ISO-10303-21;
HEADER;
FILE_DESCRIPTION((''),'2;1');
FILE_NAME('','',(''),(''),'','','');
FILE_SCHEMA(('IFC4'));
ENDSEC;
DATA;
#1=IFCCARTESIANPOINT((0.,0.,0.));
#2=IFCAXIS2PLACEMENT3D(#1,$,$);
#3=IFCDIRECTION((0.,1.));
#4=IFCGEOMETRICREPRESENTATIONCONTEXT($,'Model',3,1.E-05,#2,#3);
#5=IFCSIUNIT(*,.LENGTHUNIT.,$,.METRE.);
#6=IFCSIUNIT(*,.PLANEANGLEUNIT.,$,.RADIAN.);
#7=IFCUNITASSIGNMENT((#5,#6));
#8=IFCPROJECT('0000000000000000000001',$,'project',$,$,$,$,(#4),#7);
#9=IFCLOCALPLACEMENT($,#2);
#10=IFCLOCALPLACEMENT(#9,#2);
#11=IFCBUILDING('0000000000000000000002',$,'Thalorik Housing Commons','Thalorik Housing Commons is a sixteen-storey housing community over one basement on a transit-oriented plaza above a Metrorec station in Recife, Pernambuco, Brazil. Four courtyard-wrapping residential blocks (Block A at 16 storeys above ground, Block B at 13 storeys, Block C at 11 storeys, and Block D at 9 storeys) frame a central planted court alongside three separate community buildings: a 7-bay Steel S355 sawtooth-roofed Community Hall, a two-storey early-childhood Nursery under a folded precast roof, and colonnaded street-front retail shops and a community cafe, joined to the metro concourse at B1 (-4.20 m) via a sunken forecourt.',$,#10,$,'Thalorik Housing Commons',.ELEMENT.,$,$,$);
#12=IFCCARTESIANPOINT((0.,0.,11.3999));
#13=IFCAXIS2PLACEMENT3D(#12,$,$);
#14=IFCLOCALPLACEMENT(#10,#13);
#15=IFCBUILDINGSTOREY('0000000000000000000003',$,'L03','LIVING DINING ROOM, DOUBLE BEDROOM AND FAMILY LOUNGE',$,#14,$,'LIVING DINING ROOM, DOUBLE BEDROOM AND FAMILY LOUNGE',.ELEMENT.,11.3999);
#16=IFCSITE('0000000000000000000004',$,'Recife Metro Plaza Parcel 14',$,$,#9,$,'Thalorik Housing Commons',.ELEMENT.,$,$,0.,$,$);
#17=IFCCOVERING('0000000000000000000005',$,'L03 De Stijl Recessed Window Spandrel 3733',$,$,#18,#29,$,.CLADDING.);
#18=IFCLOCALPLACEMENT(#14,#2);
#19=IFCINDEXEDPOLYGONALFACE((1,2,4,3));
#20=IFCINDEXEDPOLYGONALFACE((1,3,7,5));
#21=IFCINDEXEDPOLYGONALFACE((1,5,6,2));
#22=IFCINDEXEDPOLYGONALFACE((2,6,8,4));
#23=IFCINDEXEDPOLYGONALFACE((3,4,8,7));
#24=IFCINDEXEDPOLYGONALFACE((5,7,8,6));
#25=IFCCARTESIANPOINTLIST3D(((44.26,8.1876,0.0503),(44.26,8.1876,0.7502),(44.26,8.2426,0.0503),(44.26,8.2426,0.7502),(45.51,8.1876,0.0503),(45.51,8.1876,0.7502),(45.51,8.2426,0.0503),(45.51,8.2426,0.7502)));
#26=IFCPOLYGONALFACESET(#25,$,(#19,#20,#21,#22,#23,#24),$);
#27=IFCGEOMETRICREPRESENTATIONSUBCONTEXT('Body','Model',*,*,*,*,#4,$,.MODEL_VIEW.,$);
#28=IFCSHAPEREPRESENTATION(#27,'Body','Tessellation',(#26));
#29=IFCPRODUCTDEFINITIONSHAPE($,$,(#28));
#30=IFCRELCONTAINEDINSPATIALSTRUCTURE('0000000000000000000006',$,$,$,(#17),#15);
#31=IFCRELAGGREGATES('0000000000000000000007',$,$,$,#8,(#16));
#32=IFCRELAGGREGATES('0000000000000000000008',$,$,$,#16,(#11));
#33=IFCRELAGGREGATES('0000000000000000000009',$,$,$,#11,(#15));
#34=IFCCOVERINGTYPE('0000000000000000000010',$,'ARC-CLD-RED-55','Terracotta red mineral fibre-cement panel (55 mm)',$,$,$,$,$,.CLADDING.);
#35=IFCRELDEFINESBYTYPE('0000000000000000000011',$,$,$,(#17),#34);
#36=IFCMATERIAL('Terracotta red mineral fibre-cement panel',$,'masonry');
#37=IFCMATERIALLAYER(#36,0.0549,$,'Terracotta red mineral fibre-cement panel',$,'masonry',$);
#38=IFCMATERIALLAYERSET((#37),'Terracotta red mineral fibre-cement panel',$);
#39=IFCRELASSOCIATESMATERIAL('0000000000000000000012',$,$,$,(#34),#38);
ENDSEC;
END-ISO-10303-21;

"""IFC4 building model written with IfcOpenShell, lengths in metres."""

from ifc_helpers import new_model, si_unit, direction, frame, origin, origin_2d, place, context, subcontext, project, spatial, rectangle, extrude, material, layer, layer_set, type_object, element, save


model = new_model("IFC4")

# Units and contexts
model_context = context("Model", 3, precision=1e-05, world=origin(), true_north=direction((0.0, 1.0)))
body_context = subcontext(model_context, "Body", "Model", "MODEL_VIEW")
ifc_project = project(units=[si_unit("LENGTHUNIT", "METRE"), si_unit("PLANEANGLEUNIT", "RADIAN")], contexts=[model_context])

# Site, building, storey
site_placement = place(None, origin())
site = spatial("IfcSite", under=ifc_project, at=site_placement, Name="Recife Metro Plaza Parcel 14", LongName="Thalorik Housing Commons", CompositionType="ELEMENT", RefElevation=0.0)
building_placement = place(site_placement, origin())
building = spatial("IfcBuilding", under=site, at=building_placement, Name="Thalorik Housing Commons", Description="Thalorik Housing Commons is a sixteen-storey housing community over one basement on a transit-oriented plaza above a Metrorec station in Recife, Pernambuco, Brazil. Four courtyard-wrapping residential blocks (Block A at 16 storeys above ground, Block B at 13 storeys, Block C at 11 storeys, and Block D at 9 storeys) frame a central planted court alongside three separate community buildings: a 7-bay Steel S355 sawtooth-roofed Community Hall, a two-storey early-childhood Nursery under a folded precast roof, and colonnaded street-front retail shops and a community cafe, joined to the metro concourse at B1 (-4.20 m) via a sunken forecourt.", LongName="Thalorik Housing Commons", CompositionType="ELEMENT")
storey_placement = place(building_placement, frame((0.0, 0.0, 11.3999)))
storey = spatial("IfcBuildingStorey", under=building, at=storey_placement, Name="L03", Description="LIVING DINING ROOM, DOUBLE BEDROOM AND FAMILY LOUNGE", LongName="LIVING DINING ROOM, DOUBLE BEDROOM AND FAMILY LOUNGE", CompositionType="ELEMENT", Elevation=11.3999)

# Covering
ifc_material_1 = material(Name="Terracotta red mineral fibre-cement panel", Category="masonry")
ifc_layer_1 = layer(ifc_material_1, 0.0549, Name="Terracotta red mineral fibre-cement panel", Category="masonry")
ifc_layer_set_1 = layer_set([ifc_layer_1], Name="Terracotta red mineral fibre-cement panel")
covering_type_1 = type_object("IfcCoveringType", Name="ARC-CLD-RED-55", Description="Terracotta red mineral fibre-cement panel (55 mm)", PredefinedType="CLADDING", material=ifc_layer_set_1)
covering_1_placement = place(storey_placement, frame((44.885, 8.2151, 0.0503), z_axis=(0.0, 0.0, 1.0), x_axis=(1.0, 0.0, 0.0)))
element("IfcCovering", 1, at=covering_1_placement, inside=storey, type_object=covering_type_1, Name="L03 De Stijl Recessed Window Spandrel 3733", PredefinedType="CLADDING", context=body_context, shape_type="SweptSolid", body=[
    extrude(rectangle(XDim=1.25, YDim=0.0549, at=origin_2d()), origin(), (0.0, 0.0, 1.0), 0.7),
])

save(model, "model.ifc")
